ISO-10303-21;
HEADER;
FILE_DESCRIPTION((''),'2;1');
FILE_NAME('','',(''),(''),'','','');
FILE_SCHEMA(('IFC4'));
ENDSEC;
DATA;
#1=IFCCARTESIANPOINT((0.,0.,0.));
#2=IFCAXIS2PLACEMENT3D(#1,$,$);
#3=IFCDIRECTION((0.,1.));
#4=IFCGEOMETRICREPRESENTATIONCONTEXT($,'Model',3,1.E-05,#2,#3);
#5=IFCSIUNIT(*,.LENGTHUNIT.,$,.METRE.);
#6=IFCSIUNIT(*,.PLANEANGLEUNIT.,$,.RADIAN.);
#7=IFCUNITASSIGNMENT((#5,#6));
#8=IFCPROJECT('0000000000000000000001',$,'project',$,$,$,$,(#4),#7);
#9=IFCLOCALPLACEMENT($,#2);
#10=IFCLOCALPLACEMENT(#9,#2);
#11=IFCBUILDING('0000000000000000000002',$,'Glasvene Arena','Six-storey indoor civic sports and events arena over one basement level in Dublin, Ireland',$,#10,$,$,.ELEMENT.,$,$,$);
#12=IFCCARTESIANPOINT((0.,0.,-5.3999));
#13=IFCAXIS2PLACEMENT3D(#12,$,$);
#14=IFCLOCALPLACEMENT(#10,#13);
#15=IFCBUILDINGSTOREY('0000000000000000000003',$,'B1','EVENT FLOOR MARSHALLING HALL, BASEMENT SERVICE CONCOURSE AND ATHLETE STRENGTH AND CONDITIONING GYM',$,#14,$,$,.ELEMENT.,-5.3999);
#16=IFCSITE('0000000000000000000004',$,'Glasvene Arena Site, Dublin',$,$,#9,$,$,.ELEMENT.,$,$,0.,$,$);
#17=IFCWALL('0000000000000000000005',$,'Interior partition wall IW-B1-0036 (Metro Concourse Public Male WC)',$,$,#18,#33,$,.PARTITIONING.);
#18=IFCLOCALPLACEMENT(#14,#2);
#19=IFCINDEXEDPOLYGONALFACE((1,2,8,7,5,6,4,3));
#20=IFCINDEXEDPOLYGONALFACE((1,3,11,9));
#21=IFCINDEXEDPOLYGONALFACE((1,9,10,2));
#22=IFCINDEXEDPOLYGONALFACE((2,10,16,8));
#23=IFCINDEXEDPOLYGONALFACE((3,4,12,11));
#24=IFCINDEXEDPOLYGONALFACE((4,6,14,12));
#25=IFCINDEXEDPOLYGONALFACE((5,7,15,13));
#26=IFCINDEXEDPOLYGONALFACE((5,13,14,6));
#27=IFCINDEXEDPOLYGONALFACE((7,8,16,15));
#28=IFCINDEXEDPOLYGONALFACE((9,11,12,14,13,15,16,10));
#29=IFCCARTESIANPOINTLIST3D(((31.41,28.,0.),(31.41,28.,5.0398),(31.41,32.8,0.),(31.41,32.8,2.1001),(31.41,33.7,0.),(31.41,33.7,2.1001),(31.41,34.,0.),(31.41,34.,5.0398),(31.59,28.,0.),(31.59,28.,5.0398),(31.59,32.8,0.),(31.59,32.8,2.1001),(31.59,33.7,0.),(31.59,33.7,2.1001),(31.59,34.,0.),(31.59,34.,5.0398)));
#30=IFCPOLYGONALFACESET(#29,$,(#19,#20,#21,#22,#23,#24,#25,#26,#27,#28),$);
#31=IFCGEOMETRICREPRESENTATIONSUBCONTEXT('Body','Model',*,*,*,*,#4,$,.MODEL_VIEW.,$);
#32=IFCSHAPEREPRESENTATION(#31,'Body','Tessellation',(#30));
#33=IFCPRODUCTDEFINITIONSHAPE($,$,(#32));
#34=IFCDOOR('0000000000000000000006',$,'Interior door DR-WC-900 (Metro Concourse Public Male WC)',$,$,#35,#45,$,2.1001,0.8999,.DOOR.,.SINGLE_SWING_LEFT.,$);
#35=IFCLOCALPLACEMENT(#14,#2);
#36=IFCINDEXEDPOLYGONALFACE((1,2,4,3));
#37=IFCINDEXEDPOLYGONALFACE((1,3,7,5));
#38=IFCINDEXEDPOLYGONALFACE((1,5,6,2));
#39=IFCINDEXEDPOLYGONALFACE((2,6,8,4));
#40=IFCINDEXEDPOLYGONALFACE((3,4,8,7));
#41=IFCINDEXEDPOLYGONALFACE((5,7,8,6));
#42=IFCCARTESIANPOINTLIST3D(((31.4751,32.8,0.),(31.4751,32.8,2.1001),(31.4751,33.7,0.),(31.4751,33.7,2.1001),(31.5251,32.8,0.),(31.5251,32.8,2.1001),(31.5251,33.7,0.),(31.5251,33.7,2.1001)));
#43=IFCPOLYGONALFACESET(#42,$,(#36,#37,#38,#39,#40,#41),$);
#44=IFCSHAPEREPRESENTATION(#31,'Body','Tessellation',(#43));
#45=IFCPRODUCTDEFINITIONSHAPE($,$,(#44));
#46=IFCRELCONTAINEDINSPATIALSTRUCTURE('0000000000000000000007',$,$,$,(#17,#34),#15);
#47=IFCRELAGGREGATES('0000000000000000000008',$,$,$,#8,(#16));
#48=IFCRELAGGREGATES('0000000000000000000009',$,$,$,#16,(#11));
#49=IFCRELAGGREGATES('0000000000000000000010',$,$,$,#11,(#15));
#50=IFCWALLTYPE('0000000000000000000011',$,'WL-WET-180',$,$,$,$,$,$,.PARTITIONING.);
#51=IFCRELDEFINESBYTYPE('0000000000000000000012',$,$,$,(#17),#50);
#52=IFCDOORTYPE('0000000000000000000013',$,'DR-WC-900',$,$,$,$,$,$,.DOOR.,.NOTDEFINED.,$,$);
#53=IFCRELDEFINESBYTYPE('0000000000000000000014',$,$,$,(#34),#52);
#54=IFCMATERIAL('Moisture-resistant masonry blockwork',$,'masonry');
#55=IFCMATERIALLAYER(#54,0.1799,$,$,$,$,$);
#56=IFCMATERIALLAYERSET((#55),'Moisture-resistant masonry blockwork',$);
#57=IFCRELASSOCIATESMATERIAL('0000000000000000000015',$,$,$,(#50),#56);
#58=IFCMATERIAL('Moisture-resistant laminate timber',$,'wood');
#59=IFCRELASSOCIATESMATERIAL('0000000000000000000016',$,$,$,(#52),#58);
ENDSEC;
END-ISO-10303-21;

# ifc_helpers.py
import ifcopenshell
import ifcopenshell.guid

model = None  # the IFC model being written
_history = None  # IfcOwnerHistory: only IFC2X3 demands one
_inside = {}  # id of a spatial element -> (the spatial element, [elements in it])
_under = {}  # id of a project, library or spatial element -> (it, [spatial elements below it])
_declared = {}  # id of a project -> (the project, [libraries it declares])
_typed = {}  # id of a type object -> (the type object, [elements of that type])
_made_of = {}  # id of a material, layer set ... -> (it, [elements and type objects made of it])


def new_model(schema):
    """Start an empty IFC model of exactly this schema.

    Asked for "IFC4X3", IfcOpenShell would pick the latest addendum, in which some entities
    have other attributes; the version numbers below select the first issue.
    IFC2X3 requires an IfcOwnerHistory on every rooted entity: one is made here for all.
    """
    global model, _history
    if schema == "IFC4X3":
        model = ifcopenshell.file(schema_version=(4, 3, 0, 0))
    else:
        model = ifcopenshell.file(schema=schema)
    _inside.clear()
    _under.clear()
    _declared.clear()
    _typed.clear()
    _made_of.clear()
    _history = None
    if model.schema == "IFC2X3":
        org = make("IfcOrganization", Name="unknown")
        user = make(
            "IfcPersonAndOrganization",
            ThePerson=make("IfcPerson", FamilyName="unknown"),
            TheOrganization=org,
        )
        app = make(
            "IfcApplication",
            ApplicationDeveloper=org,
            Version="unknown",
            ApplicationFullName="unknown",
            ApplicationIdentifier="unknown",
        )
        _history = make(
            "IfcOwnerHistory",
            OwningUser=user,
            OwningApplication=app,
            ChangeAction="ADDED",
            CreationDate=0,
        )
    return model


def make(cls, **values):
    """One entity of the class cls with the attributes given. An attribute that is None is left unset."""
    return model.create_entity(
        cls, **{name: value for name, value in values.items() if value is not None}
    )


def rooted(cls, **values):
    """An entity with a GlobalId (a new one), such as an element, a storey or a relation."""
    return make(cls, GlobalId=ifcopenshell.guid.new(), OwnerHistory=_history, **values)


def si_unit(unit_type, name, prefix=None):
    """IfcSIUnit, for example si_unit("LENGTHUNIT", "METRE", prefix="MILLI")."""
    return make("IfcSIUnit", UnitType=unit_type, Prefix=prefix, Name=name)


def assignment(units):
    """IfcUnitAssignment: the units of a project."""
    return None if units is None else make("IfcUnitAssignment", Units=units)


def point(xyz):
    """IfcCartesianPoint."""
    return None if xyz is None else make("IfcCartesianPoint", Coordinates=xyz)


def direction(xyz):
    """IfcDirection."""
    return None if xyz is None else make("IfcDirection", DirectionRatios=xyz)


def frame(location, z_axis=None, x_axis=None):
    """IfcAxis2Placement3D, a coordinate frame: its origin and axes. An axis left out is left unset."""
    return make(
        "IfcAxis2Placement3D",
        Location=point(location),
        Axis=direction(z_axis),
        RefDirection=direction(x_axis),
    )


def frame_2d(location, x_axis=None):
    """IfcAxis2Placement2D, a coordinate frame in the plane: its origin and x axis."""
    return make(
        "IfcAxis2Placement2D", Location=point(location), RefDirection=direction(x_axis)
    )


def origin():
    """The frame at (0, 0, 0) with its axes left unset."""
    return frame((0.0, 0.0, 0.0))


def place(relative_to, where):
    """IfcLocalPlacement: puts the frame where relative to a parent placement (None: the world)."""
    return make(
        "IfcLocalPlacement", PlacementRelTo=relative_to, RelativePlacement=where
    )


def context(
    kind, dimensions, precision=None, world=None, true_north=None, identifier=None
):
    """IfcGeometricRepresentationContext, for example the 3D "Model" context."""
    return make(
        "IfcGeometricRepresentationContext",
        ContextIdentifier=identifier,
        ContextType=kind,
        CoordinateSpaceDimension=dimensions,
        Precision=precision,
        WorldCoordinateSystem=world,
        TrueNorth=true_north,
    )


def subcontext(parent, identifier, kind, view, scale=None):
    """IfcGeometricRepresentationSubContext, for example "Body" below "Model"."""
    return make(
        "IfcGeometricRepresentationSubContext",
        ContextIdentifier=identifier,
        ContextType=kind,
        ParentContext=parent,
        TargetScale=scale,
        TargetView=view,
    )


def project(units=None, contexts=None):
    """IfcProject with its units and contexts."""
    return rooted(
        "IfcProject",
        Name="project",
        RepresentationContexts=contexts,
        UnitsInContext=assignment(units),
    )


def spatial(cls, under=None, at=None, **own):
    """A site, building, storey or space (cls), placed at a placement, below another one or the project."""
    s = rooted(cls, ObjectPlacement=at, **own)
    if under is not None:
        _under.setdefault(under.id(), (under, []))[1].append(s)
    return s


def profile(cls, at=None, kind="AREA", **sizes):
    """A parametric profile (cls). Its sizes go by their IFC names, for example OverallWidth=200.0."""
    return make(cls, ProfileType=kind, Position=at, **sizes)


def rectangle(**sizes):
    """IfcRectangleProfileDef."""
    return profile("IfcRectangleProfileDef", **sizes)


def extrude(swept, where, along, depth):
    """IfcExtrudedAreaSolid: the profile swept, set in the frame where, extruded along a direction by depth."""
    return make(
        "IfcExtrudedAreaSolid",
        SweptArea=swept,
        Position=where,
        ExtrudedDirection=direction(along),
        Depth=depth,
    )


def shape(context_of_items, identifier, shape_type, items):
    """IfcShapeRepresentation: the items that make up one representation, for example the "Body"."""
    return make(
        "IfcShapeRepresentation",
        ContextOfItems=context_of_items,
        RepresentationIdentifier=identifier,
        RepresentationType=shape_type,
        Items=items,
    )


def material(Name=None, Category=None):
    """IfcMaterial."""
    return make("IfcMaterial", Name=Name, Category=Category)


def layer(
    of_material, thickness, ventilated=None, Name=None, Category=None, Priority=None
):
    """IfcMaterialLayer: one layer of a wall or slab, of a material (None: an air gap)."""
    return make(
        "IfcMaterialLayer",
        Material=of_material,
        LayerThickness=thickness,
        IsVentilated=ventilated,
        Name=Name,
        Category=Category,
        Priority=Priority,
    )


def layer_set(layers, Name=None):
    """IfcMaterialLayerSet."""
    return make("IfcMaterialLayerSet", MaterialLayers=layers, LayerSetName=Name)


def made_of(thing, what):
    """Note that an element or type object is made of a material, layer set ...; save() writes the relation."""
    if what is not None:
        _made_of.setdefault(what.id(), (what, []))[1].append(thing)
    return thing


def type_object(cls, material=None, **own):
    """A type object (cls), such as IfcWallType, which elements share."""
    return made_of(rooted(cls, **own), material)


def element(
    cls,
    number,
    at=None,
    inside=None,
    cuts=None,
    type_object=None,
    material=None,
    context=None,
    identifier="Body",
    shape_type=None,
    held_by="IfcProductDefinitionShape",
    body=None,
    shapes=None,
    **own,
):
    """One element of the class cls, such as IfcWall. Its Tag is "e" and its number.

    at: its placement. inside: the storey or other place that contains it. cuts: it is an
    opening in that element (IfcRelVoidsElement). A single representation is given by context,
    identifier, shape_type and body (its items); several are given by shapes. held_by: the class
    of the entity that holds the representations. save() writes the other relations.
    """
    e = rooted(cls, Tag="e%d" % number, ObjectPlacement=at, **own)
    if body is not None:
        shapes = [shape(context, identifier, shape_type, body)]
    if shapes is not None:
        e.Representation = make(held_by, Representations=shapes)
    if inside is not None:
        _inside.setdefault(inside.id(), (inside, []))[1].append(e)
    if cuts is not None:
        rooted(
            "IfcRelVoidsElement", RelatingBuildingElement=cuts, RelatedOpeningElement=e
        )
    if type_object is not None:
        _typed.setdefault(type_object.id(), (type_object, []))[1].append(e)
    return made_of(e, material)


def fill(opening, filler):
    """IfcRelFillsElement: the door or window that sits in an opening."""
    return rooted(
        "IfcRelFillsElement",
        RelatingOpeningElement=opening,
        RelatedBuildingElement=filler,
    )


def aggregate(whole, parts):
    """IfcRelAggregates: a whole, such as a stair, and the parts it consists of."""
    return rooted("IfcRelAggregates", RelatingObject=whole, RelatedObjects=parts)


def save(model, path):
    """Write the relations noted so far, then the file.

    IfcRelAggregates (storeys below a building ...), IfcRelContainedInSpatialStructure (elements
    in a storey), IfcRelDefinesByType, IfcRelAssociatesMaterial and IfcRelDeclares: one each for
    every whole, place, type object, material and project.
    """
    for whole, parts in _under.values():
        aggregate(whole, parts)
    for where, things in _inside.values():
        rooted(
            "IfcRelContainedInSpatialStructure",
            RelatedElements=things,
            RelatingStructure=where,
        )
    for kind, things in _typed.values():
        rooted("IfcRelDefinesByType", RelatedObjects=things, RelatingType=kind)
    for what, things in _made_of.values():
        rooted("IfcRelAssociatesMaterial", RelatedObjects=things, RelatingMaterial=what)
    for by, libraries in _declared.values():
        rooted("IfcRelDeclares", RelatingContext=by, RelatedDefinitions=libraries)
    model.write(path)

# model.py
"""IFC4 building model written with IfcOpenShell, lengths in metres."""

from ifc_helpers import new_model, si_unit, direction, frame, frame_2d, origin, place, context, subcontext, project, spatial, rectangle, extrude, material, layer, layer_set, type_object, element, fill, save


model = new_model("IFC4")

# Units and contexts
model_context = context("Model", 3, precision=1e-05, world=origin(), true_north=direction((0.0, 1.0)))
body_context = subcontext(model_context, "Body", "Model", "MODEL_VIEW")
ifc_project = project(units=[si_unit("LENGTHUNIT", "METRE"), si_unit("PLANEANGLEUNIT", "RADIAN")], contexts=[model_context])

# Site, building, storey
site_placement = place(None, origin())
site = spatial("IfcSite", under=ifc_project, at=site_placement, Name="Glasvene Arena Site, Dublin", CompositionType="ELEMENT", RefElevation=0.0)
building_placement = place(site_placement, origin())
building = spatial("IfcBuilding", under=site, at=building_placement, Name="Glasvene Arena", Description="Six-storey indoor civic sports and events arena over one basement level in Dublin, Ireland", CompositionType="ELEMENT")
storey_placement = place(building_placement, frame((0.0, 0.0, -5.3999)))
storey = spatial("IfcBuildingStorey", under=building, at=storey_placement, Name="B1", Description="EVENT FLOOR MARSHALLING HALL, BASEMENT SERVICE CONCOURSE AND ATHLETE STRENGTH AND CONDITIONING GYM", CompositionType="ELEMENT", Elevation=-5.3999)

# Wall, opening, door
ifc_material_1 = material(Name="Moisture-resistant masonry blockwork", Category="masonry")
ifc_layer_1 = layer(ifc_material_1, 0.1799)
ifc_layer_set_1 = layer_set([ifc_layer_1], Name="Moisture-resistant masonry blockwork")
wall_type_1 = type_object("IfcWallType", Name="WL-WET-180", PredefinedType="PARTITIONING", material=ifc_layer_set_1)
wall_1_placement = place(storey_placement, frame((31.5, 28.0, 0.0), z_axis=(0.0, 0.0, 1.0), x_axis=(0.0, 1.0, 0.0)))
wall_1 = element("IfcWall", 1, at=wall_1_placement, inside=storey, type_object=wall_type_1, Name="Interior partition wall IW-B1-0036 (Metro Concourse Public Male WC)", PredefinedType="PARTITIONING", context=body_context, shape_type="SweptSolid", body=[
    extrude(rectangle(XDim=6.0, YDim=0.1799, at=frame_2d((3.0, 0.0))), origin(), (0.0, 0.0, 1.0), 5.0398),
])
opening_1_placement = place(wall_1_placement, frame((4.8, 0.0, 0.0)))
opening_1 = element("IfcOpeningElement", 2, at=opening_1_placement, cuts=wall_1, PredefinedType="OPENING", context=body_context, shape_type="SweptSolid", body=[
    extrude(rectangle(XDim=0.8999, YDim=2.1001, at=frame_2d((0.45, 1.05))), frame((0.0, 0.1001, 0.0), z_axis=(0.0, -1.0, 0.0), x_axis=(1.0, 0.0, 0.0)), (0.0, 0.0, 1.0), 0.2),
])
ifc_material_2 = material(Name="Moisture-resistant laminate timber", Category="wood")
door_type_1 = type_object("IfcDoorType", Name="DR-WC-900", OperationType="NOTDEFINED", PredefinedType="DOOR", material=ifc_material_2)
door_1_placement = place(opening_1_placement, origin())
door_1 = element("IfcDoor", 3, at=door_1_placement, inside=storey, type_object=door_type_1, Name="Interior door DR-WC-900 (Metro Concourse Public Male WC)", OperationType="SINGLE_SWING_LEFT", OverallHeight=2.1001, OverallWidth=0.8999, PredefinedType="DOOR", context=body_context, shape_type="SweptSolid", body=[
    extrude(rectangle(XDim=0.8999, YDim=2.1001, at=frame_2d((0.45, 1.05))), frame((0.0, 0.0249, 0.0), z_axis=(0.0, -1.0, 0.0), x_axis=(1.0, 0.0, 0.0)), (0.0, 0.0, 1.0), 0.05),
])
fill(opening_1, door_1)

save(model, "model.ifc")
